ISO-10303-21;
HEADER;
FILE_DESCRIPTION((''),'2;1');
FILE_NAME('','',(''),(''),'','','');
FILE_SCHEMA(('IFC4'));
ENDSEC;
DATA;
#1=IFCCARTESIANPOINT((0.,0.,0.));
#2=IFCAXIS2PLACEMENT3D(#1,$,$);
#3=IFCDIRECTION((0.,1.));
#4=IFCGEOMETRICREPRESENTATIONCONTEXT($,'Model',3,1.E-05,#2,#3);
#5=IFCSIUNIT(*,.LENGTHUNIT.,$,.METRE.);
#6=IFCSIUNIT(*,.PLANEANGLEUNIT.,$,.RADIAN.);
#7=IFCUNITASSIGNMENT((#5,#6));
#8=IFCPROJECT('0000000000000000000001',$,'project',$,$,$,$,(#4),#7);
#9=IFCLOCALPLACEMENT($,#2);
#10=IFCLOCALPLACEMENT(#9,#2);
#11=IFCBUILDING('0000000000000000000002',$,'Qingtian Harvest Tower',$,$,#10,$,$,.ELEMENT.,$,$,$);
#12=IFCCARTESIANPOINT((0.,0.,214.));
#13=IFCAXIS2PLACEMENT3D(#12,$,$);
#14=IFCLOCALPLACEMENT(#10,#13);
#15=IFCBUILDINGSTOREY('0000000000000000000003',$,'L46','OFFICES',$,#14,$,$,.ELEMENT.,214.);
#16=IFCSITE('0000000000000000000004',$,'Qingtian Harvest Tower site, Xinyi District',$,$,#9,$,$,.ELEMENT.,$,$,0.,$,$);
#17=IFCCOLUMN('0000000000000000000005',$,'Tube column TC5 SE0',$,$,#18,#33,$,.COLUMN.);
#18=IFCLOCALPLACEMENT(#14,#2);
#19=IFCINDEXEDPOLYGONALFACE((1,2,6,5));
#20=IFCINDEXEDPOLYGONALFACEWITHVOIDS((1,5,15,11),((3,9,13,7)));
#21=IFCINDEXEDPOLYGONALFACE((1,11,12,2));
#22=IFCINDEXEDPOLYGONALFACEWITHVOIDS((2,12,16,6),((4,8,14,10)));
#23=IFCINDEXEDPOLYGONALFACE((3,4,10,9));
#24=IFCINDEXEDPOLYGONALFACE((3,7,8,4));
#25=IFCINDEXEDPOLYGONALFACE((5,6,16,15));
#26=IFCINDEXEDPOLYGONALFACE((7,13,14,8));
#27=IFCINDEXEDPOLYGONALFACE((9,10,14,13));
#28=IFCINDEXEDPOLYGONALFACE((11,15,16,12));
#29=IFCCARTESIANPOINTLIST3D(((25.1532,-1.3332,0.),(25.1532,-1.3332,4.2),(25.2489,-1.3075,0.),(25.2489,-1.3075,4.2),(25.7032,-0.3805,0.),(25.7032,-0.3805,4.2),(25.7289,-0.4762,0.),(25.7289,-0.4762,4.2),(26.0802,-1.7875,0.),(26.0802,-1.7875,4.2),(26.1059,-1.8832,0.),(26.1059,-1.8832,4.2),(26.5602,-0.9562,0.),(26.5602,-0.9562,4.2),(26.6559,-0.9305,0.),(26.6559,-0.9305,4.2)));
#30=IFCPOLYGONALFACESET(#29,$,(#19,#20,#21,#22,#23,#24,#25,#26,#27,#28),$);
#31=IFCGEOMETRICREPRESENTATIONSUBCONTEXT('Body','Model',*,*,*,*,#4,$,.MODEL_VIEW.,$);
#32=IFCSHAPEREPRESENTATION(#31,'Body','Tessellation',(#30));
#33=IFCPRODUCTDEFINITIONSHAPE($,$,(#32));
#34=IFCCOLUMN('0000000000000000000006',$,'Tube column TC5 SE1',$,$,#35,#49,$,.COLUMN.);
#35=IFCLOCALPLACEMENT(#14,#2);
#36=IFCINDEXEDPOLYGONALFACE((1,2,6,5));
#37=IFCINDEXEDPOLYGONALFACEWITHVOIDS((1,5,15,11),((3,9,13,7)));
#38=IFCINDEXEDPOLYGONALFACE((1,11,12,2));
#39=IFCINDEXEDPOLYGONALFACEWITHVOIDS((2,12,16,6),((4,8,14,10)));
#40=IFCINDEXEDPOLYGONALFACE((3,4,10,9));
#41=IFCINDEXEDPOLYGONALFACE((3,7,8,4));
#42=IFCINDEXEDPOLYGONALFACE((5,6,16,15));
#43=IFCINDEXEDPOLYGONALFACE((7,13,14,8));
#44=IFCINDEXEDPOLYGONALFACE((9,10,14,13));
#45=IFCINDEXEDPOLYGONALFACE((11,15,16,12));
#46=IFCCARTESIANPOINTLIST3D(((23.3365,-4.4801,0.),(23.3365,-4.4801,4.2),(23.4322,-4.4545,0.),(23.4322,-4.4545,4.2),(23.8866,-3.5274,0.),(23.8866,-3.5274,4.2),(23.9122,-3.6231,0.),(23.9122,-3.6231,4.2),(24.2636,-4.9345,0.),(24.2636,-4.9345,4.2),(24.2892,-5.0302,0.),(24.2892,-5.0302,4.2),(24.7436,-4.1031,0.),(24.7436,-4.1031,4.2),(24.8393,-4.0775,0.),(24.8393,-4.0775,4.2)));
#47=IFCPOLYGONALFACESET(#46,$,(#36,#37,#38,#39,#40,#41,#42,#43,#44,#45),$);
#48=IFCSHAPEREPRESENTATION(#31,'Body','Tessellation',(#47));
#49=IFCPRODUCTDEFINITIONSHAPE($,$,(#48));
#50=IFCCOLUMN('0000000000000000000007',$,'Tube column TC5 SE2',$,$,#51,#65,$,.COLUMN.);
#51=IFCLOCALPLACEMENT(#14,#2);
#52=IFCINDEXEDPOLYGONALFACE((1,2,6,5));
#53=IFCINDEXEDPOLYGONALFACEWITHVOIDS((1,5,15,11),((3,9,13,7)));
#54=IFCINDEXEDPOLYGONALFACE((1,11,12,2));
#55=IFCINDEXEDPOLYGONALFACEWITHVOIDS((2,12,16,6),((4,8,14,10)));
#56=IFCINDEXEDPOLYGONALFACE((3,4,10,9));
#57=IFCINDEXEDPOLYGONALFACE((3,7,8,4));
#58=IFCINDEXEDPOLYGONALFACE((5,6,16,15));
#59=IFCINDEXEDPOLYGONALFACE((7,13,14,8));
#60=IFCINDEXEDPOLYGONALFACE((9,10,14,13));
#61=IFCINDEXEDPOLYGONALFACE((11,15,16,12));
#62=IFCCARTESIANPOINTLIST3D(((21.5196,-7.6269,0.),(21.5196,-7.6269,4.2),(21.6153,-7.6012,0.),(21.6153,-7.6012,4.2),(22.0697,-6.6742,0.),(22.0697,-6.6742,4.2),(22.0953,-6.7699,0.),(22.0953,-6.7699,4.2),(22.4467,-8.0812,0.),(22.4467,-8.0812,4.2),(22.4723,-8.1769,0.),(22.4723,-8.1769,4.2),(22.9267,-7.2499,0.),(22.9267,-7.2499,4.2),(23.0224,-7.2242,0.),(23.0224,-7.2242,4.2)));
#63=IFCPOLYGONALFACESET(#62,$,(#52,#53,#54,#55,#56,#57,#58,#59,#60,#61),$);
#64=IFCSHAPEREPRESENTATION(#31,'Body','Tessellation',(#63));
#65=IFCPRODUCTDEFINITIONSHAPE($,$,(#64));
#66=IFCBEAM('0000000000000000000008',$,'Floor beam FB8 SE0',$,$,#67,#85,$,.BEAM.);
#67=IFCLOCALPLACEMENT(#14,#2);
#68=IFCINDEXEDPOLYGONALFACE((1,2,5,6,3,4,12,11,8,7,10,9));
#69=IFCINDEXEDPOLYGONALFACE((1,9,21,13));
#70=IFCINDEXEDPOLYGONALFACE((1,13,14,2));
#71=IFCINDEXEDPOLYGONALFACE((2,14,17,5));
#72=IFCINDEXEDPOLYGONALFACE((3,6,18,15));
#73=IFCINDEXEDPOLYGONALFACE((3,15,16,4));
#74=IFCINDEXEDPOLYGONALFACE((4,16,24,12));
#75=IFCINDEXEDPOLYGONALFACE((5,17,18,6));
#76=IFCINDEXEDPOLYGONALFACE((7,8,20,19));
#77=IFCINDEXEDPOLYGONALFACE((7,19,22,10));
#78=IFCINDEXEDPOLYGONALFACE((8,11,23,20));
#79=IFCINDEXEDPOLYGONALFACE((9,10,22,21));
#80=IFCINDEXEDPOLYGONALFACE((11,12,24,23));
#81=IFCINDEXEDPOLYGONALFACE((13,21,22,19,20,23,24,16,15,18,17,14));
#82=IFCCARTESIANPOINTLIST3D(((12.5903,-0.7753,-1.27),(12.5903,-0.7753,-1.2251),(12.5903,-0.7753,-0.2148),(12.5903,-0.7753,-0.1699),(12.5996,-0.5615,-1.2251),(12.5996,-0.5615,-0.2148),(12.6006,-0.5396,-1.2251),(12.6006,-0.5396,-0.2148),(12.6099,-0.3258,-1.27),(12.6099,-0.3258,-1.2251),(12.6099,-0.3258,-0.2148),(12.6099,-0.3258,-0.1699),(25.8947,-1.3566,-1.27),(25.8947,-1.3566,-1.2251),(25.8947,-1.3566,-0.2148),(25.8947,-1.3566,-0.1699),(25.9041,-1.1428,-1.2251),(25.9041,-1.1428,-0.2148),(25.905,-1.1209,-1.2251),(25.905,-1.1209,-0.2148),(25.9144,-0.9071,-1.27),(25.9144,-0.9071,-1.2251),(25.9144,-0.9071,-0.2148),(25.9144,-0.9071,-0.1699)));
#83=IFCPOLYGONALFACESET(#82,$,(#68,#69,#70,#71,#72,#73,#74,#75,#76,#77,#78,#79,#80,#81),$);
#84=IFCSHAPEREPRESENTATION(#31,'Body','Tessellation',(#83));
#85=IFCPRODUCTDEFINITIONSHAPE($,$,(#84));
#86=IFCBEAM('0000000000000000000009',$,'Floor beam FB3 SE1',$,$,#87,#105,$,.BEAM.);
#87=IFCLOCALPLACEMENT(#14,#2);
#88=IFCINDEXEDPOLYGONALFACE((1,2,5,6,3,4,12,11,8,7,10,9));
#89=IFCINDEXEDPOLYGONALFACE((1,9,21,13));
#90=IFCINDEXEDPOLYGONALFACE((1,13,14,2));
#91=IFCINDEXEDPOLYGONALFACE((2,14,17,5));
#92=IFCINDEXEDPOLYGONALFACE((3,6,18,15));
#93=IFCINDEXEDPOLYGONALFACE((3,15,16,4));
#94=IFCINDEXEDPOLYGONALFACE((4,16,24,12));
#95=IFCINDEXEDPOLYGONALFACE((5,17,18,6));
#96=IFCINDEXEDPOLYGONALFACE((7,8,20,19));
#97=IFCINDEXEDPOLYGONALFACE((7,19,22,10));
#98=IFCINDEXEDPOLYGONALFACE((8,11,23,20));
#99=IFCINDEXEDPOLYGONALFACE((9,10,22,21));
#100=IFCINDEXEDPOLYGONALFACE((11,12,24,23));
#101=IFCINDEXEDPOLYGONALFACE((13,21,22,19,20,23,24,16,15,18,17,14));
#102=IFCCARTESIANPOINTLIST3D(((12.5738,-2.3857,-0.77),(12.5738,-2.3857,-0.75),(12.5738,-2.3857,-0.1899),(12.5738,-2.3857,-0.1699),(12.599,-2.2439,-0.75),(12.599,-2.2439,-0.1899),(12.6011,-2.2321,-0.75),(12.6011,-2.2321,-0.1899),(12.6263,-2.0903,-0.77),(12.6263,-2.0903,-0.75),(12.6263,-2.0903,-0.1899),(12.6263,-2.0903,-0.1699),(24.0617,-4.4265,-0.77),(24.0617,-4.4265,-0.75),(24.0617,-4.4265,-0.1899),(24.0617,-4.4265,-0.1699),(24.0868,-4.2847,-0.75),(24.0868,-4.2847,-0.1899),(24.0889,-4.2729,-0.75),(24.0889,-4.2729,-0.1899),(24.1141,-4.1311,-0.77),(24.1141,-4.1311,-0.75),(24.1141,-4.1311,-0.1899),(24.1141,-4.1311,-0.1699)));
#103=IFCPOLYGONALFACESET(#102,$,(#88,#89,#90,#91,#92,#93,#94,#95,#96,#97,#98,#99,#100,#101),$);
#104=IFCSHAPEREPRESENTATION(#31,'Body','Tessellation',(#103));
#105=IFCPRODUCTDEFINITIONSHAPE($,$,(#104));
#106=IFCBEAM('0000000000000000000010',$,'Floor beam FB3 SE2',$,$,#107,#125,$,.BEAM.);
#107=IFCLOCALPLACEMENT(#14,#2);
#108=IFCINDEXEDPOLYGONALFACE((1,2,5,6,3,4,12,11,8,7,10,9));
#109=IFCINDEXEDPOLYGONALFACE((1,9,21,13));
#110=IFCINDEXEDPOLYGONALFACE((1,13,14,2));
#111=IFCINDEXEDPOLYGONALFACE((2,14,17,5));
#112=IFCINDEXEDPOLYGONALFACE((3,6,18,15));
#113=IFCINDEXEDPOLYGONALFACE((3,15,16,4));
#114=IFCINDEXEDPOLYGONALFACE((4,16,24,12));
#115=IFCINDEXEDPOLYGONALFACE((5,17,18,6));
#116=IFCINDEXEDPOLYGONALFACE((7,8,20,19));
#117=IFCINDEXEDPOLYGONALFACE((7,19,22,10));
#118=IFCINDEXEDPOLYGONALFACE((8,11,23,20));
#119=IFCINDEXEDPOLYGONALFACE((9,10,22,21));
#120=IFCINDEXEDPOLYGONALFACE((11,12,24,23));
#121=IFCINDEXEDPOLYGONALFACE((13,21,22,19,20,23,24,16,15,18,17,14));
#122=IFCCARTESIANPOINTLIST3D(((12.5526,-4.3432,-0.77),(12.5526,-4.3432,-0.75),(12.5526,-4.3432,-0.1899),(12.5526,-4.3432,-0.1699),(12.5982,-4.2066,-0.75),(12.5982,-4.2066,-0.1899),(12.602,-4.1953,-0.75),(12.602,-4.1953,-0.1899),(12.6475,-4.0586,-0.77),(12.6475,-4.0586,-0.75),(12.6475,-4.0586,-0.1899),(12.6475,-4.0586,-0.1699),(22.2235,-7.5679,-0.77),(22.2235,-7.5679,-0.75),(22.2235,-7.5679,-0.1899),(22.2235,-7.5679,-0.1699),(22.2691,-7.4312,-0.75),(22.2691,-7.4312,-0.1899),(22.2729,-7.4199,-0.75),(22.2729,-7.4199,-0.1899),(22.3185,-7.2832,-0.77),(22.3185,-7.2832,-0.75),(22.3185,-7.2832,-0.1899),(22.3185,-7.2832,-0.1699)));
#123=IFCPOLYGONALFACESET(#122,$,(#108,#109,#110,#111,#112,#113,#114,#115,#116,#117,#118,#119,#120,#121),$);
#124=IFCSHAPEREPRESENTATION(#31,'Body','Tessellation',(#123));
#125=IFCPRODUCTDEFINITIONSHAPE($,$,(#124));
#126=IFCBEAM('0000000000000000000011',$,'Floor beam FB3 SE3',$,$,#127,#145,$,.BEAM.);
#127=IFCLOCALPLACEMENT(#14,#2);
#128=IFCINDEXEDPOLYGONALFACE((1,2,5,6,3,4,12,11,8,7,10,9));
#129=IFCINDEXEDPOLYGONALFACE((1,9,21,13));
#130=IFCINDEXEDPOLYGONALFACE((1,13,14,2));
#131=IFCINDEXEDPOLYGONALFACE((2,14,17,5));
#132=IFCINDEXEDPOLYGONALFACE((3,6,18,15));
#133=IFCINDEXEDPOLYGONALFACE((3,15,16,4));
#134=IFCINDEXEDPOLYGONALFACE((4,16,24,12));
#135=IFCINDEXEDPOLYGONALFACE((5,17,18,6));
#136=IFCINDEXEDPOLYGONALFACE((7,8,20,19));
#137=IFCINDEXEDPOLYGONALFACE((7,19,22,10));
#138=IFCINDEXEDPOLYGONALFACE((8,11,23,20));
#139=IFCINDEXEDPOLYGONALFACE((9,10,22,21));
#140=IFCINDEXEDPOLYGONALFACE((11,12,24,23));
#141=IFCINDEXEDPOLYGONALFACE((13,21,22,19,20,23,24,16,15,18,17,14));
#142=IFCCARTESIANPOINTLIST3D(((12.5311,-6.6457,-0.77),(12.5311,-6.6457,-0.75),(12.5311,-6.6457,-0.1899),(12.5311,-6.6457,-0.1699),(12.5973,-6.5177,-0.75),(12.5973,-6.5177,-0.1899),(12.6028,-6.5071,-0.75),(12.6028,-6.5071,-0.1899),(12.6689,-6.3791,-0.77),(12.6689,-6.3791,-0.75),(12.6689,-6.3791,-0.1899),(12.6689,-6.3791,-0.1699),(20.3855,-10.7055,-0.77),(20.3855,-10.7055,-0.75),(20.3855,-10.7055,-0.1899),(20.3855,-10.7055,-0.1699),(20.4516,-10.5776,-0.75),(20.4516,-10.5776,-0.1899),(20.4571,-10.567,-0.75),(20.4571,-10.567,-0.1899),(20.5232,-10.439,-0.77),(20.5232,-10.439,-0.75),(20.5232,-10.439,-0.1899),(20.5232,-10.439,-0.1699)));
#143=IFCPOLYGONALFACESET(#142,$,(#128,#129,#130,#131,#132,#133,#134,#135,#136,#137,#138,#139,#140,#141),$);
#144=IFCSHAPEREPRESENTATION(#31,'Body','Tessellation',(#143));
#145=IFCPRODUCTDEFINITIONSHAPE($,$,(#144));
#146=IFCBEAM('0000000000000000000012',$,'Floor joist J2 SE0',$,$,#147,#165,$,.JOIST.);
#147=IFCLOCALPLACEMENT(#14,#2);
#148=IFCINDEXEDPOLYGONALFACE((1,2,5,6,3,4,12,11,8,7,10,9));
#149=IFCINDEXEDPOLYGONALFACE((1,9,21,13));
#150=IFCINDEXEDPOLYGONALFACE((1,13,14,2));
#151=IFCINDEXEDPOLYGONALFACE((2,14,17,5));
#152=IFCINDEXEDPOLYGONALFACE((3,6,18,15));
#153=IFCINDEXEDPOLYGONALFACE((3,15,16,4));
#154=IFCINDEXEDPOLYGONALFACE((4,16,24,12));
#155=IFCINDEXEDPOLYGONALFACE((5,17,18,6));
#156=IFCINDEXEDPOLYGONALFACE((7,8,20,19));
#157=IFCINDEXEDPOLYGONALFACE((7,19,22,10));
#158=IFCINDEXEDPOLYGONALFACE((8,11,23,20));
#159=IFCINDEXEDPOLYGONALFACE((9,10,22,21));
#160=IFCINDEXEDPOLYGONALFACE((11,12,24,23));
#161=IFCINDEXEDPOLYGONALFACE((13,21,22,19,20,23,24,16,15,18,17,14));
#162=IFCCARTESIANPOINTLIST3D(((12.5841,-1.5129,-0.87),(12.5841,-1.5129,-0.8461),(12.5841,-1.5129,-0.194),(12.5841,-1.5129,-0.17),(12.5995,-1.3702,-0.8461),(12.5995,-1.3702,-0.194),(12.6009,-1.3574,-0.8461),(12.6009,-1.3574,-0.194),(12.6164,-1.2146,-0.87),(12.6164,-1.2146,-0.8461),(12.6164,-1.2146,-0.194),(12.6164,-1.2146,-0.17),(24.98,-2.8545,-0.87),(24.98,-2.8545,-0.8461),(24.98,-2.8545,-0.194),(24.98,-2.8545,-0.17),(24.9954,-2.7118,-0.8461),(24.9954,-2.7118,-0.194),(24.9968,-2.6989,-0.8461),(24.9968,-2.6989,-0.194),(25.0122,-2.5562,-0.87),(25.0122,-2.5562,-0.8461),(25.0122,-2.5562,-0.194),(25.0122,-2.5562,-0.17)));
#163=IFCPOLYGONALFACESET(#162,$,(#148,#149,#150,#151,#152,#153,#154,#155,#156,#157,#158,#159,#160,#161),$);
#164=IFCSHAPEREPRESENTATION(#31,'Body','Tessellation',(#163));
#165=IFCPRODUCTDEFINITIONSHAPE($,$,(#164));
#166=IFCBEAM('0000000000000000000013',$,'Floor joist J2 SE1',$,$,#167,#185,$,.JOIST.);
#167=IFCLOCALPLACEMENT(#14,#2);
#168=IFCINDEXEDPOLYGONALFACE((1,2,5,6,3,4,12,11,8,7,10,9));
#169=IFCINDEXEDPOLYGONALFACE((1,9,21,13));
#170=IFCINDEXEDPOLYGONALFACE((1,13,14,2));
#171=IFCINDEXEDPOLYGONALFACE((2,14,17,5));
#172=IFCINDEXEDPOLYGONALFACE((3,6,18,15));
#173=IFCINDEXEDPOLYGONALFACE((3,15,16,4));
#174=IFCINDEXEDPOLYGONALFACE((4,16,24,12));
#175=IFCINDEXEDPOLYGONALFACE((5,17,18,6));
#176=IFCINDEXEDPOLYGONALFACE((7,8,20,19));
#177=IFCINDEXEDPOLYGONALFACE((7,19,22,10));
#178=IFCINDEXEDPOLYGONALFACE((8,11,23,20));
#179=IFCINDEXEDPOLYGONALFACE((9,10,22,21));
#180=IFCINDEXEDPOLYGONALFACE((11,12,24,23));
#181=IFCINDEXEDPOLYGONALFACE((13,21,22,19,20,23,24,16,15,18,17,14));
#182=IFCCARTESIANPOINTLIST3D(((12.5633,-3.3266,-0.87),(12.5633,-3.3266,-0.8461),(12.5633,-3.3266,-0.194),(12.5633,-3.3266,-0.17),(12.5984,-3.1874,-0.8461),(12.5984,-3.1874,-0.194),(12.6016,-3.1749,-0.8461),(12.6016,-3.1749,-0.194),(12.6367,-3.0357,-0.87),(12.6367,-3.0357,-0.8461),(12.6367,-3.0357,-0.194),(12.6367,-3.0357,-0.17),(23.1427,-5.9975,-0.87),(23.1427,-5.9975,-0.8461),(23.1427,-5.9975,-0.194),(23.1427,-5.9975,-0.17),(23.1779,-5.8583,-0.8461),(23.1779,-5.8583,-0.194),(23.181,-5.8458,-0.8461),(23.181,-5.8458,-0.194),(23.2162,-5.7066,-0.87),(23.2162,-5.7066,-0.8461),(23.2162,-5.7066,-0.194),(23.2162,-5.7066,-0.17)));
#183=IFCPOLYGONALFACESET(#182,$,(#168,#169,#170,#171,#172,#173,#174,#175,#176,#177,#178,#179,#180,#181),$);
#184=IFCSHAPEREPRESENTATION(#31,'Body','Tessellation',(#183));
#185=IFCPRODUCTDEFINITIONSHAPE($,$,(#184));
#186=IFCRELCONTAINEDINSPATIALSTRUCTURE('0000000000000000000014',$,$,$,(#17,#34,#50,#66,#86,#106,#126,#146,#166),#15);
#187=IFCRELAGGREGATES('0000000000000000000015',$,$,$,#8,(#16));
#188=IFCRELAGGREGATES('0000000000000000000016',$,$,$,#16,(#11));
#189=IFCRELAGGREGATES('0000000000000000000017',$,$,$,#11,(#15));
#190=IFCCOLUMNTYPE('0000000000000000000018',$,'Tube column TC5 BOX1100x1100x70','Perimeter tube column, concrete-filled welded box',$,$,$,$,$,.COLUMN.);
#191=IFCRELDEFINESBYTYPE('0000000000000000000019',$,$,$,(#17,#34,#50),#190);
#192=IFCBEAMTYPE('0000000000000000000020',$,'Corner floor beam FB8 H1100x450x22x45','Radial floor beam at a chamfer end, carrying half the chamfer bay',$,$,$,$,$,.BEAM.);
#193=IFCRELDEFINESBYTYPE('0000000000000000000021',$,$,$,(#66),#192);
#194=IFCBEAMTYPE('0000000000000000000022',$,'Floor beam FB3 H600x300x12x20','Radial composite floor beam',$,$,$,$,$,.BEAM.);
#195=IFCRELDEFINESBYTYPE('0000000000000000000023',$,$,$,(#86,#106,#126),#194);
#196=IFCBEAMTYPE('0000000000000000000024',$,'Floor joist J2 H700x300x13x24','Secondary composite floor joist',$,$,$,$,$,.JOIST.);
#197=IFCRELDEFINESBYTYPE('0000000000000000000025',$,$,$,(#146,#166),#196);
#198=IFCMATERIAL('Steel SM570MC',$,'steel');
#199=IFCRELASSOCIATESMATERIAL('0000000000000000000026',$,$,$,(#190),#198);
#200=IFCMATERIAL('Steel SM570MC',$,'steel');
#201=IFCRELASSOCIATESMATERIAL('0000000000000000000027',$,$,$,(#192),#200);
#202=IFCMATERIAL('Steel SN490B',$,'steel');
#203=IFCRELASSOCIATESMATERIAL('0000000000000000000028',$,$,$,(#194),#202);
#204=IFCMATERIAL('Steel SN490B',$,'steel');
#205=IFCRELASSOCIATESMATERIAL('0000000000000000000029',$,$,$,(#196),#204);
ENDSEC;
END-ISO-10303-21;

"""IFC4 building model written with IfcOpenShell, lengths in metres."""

from ifc_helpers import new_model, si_unit, direction, frame, origin, origin_2d, place, context, subcontext, project, spatial, hollow_rectangle, i_section, extrude, material, material_profile, profile_set, type_object, element, save


model = new_model("IFC4")

# Units and contexts
model_context = context("Model", 3, precision=1e-05, world=origin(), true_north=direction((0.0, 1.0)))
body_context = subcontext(model_context, "Body", "Model", "MODEL_VIEW")
ifc_project = project(units=[si_unit("LENGTHUNIT", "METRE"), si_unit("PLANEANGLEUNIT", "RADIAN")], contexts=[model_context])

# Site, building, storey
site_placement = place(None, origin())
site = spatial("IfcSite", under=ifc_project, at=site_placement, Name="Qingtian Harvest Tower site, Xinyi District", CompositionType="ELEMENT", RefElevation=0.0)
building_placement = place(site_placement, origin())
building = spatial("IfcBuilding", under=site, at=building_placement, Name="Qingtian Harvest Tower", CompositionType="ELEMENT")
storey_placement = place(building_placement, frame((0.0, 0.0, 214.0)))
storey = spatial("IfcBuildingStorey", under=building, at=storey_placement, Name="L46", Description="OFFICES", CompositionType="ELEMENT", Elevation=214.0)

# Columns
ifc_material_1 = material(Name="Steel SM570MC", Category="steel")
ifc_material_profile_1 = material_profile(ifc_material_1, hollow_rectangle(XDim=1.1001, YDim=1.1001, WallThickness=0.0701, at=origin_2d()), Name="BOX1100x1100x70")
ifc_profile_set_1 = profile_set([ifc_material_profile_1], Name="Steel SM570MC")
column_type = type_object("IfcColumnType", Name="Tube column TC5 BOX1100x1100x70", Description="Perimeter tube column, concrete-filled welded box", PredefinedType="COLUMN", material=ifc_profile_set_1)
for number, where, z_axis, x_axis, name in (
    (1, (25.9045, -1.1318, 0.0), (0.0, 0.0, 1.0), (0.5, 0.866025, 0.0), "Tube column TC5 SE0"),
    (2, (24.0879, -4.2788, 0.0), (0.0, 0.0, 1.0), (0.5, 0.866025, 0.0), "Tube column TC5 SE1"),
    (3, (22.271, -7.4255, 0.0), (0.0, 0.0, 1.0), (0.5, 0.866025, 0.0), "Tube column TC5 SE2"),
):
    element("IfcColumn", number, at=place(storey_placement, frame(where, z_axis=z_axis, x_axis=x_axis)), inside=storey, type_object=column_type, Name=name, PredefinedType="COLUMN", context=body_context, shape_type="SweptSolid", body=[
        extrude(hollow_rectangle(XDim=1.1001, YDim=1.1001, WallThickness=0.0701, at=origin_2d()), origin(), (0.0, 0.0, 1.0), 4.2),
    ])

# Beams
ifc_material_2 = material(Name="Steel SM570MC", Category="steel")
ifc_material_profile_2 = material_profile(ifc_material_2, i_section(OverallWidth=0.45, OverallDepth=1.1001, WebThickness=0.022, FlangeThickness=0.0449, at=origin_2d()), Name="H1100x450x22x45")
ifc_profile_set_2 = profile_set([ifc_material_profile_2], Name="Steel SM570MC")
beam_type_1 = type_object("IfcBeamType", Name="Corner floor beam FB8 H1100x450x22x45", Description="Radial floor beam at a chamfer end, carrying half the chamfer bay", PredefinedType="BEAM", material=ifc_profile_set_2)
beam_1_placement = place(storey_placement, frame((25.9045, -1.1318, -0.72), z_axis=(-0.999047, 0.04365, 0.0), x_axis=(-0.04365, -0.999047, 0.0)))
element("IfcBeam", 4, at=beam_1_placement, inside=storey, type_object=beam_type_1, Name="Floor beam FB8 SE0", PredefinedType="BEAM", context=body_context, shape_type="SweptSolid", body=[
    extrude(i_section(OverallWidth=0.45, OverallDepth=1.1001, WebThickness=0.022, FlangeThickness=0.0449, at=origin_2d()), origin(), (0.0, 0.0, 1.0), 13.3171),
])
ifc_material_3 = material(Name="Steel SN490B", Category="steel")
ifc_material_profile_3 = material_profile(ifc_material_3, i_section(OverallWidth=0.3, OverallDepth=0.6001, WebThickness=0.012, FlangeThickness=0.02, at=origin_2d()), Name="H600x300x12x20")
ifc_profile_set_3 = profile_set([ifc_material_profile_3], Name="Steel SN490B")
beam_type_2 = type_object("IfcBeamType", Name="Floor beam FB3 H600x300x12x20", Description="Radial composite floor beam", PredefinedType="BEAM", material=ifc_profile_set_3)
beam_2_placement = place(storey_placement, frame((24.0879, -4.2788, -0.47), z_axis=(-0.984585, 0.174908, 0.0), x_axis=(-0.174908, -0.984585, 0.0)))
element("IfcBeam", 5, at=beam_2_placement, inside=storey, type_object=beam_type_2, Name="Floor beam FB3 SE1", PredefinedType="BEAM", context=body_context, shape_type="SweptSolid", body=[
    extrude(i_section(OverallWidth=0.3, OverallDepth=0.6001, WebThickness=0.012, FlangeThickness=0.02, at=origin_2d()), origin(), (0.0, 0.0, 1.0), 11.6677),
])
beam_3_placement = place(storey_placement, frame((22.271, -7.4255, -0.47), z_axis=(-0.948655, 0.316314, 0.0), x_axis=(-0.316314, -0.948655, 0.0)))
element("IfcBeam", 6, at=beam_3_placement, inside=storey, type_object=beam_type_2, Name="Floor beam FB3 SE2", PredefinedType="BEAM", context=body_context, shape_type="SweptSolid", body=[
    extrude(i_section(OverallWidth=0.3, OverallDepth=0.6001, WebThickness=0.012, FlangeThickness=0.02, at=origin_2d()), origin(), (0.0, 0.0, 1.0), 10.1943),
])
beam_4_placement = place(storey_placement, frame((20.4543, -10.5723, -0.47), z_axis=(-0.888344, 0.45918, 0.0), x_axis=(-0.45918, -0.888344, 0.0)))
element("IfcBeam", 7, at=beam_4_placement, inside=storey, type_object=beam_type_2, Name="Floor beam FB3 SE3", PredefinedType="BEAM", context=body_context, shape_type="SweptSolid", body=[
    extrude(i_section(OverallWidth=0.3, OverallDepth=0.6001, WebThickness=0.012, FlangeThickness=0.02, at=origin_2d()), origin(), (0.0, 0.0, 1.0), 8.8416),
])
ifc_material_4 = material(Name="Steel SN490B", Category="steel")
ifc_material_profile_4 = material_profile(ifc_material_4, i_section(OverallWidth=0.3, OverallDepth=0.7, WebThickness=0.0129, FlangeThickness=0.0239, at=origin_2d()), Name="H700x300x13x24")
ifc_profile_set_4 = profile_set([ifc_material_profile_4], Name="Steel SN490B")
beam_type_3 = type_object("IfcBeamType", Name="Floor joist J2 H700x300x13x24", Description="Secondary composite floor joist", PredefinedType="JOIST", material=ifc_profile_set_4)
beam_5_placement = place(storey_placement, frame((24.9961, -2.7053, -0.52), z_axis=(-0.994195, 0.107596, 0.0), x_axis=(-0.107596, -0.994195, 0.0)))
element("IfcBeam", 8, at=beam_5_placement, inside=storey, type_object=beam_type_3, Name="Floor joist J2 SE0", PredefinedType="JOIST", context=body_context, shape_type="SweptSolid", body=[
    extrude(i_section(OverallWidth=0.3, OverallDepth=0.7, WebThickness=0.0129, FlangeThickness=0.0239, at=origin_2d()), origin(), (0.0, 0.0, 1.0), 12.4683),
])
beam_6_placement = place(storey_placement, frame((23.1794, -5.8521, -0.52), z_axis=(-0.969578, 0.244783, 0.0), x_axis=(-0.244783, -0.969578, 0.0)))
element("IfcBeam", 9, at=beam_6_placement, inside=storey, type_object=beam_type_3, Name="Floor joist J2 SE1", PredefinedType="JOIST", context=body_context, shape_type="SweptSolid", body=[
    extrude(i_section(OverallWidth=0.3, OverallDepth=0.7, WebThickness=0.0129, FlangeThickness=0.0239, at=origin_2d()), origin(), (0.0, 0.0, 1.0), 10.9114),
])

save(model, "model.ifc")
